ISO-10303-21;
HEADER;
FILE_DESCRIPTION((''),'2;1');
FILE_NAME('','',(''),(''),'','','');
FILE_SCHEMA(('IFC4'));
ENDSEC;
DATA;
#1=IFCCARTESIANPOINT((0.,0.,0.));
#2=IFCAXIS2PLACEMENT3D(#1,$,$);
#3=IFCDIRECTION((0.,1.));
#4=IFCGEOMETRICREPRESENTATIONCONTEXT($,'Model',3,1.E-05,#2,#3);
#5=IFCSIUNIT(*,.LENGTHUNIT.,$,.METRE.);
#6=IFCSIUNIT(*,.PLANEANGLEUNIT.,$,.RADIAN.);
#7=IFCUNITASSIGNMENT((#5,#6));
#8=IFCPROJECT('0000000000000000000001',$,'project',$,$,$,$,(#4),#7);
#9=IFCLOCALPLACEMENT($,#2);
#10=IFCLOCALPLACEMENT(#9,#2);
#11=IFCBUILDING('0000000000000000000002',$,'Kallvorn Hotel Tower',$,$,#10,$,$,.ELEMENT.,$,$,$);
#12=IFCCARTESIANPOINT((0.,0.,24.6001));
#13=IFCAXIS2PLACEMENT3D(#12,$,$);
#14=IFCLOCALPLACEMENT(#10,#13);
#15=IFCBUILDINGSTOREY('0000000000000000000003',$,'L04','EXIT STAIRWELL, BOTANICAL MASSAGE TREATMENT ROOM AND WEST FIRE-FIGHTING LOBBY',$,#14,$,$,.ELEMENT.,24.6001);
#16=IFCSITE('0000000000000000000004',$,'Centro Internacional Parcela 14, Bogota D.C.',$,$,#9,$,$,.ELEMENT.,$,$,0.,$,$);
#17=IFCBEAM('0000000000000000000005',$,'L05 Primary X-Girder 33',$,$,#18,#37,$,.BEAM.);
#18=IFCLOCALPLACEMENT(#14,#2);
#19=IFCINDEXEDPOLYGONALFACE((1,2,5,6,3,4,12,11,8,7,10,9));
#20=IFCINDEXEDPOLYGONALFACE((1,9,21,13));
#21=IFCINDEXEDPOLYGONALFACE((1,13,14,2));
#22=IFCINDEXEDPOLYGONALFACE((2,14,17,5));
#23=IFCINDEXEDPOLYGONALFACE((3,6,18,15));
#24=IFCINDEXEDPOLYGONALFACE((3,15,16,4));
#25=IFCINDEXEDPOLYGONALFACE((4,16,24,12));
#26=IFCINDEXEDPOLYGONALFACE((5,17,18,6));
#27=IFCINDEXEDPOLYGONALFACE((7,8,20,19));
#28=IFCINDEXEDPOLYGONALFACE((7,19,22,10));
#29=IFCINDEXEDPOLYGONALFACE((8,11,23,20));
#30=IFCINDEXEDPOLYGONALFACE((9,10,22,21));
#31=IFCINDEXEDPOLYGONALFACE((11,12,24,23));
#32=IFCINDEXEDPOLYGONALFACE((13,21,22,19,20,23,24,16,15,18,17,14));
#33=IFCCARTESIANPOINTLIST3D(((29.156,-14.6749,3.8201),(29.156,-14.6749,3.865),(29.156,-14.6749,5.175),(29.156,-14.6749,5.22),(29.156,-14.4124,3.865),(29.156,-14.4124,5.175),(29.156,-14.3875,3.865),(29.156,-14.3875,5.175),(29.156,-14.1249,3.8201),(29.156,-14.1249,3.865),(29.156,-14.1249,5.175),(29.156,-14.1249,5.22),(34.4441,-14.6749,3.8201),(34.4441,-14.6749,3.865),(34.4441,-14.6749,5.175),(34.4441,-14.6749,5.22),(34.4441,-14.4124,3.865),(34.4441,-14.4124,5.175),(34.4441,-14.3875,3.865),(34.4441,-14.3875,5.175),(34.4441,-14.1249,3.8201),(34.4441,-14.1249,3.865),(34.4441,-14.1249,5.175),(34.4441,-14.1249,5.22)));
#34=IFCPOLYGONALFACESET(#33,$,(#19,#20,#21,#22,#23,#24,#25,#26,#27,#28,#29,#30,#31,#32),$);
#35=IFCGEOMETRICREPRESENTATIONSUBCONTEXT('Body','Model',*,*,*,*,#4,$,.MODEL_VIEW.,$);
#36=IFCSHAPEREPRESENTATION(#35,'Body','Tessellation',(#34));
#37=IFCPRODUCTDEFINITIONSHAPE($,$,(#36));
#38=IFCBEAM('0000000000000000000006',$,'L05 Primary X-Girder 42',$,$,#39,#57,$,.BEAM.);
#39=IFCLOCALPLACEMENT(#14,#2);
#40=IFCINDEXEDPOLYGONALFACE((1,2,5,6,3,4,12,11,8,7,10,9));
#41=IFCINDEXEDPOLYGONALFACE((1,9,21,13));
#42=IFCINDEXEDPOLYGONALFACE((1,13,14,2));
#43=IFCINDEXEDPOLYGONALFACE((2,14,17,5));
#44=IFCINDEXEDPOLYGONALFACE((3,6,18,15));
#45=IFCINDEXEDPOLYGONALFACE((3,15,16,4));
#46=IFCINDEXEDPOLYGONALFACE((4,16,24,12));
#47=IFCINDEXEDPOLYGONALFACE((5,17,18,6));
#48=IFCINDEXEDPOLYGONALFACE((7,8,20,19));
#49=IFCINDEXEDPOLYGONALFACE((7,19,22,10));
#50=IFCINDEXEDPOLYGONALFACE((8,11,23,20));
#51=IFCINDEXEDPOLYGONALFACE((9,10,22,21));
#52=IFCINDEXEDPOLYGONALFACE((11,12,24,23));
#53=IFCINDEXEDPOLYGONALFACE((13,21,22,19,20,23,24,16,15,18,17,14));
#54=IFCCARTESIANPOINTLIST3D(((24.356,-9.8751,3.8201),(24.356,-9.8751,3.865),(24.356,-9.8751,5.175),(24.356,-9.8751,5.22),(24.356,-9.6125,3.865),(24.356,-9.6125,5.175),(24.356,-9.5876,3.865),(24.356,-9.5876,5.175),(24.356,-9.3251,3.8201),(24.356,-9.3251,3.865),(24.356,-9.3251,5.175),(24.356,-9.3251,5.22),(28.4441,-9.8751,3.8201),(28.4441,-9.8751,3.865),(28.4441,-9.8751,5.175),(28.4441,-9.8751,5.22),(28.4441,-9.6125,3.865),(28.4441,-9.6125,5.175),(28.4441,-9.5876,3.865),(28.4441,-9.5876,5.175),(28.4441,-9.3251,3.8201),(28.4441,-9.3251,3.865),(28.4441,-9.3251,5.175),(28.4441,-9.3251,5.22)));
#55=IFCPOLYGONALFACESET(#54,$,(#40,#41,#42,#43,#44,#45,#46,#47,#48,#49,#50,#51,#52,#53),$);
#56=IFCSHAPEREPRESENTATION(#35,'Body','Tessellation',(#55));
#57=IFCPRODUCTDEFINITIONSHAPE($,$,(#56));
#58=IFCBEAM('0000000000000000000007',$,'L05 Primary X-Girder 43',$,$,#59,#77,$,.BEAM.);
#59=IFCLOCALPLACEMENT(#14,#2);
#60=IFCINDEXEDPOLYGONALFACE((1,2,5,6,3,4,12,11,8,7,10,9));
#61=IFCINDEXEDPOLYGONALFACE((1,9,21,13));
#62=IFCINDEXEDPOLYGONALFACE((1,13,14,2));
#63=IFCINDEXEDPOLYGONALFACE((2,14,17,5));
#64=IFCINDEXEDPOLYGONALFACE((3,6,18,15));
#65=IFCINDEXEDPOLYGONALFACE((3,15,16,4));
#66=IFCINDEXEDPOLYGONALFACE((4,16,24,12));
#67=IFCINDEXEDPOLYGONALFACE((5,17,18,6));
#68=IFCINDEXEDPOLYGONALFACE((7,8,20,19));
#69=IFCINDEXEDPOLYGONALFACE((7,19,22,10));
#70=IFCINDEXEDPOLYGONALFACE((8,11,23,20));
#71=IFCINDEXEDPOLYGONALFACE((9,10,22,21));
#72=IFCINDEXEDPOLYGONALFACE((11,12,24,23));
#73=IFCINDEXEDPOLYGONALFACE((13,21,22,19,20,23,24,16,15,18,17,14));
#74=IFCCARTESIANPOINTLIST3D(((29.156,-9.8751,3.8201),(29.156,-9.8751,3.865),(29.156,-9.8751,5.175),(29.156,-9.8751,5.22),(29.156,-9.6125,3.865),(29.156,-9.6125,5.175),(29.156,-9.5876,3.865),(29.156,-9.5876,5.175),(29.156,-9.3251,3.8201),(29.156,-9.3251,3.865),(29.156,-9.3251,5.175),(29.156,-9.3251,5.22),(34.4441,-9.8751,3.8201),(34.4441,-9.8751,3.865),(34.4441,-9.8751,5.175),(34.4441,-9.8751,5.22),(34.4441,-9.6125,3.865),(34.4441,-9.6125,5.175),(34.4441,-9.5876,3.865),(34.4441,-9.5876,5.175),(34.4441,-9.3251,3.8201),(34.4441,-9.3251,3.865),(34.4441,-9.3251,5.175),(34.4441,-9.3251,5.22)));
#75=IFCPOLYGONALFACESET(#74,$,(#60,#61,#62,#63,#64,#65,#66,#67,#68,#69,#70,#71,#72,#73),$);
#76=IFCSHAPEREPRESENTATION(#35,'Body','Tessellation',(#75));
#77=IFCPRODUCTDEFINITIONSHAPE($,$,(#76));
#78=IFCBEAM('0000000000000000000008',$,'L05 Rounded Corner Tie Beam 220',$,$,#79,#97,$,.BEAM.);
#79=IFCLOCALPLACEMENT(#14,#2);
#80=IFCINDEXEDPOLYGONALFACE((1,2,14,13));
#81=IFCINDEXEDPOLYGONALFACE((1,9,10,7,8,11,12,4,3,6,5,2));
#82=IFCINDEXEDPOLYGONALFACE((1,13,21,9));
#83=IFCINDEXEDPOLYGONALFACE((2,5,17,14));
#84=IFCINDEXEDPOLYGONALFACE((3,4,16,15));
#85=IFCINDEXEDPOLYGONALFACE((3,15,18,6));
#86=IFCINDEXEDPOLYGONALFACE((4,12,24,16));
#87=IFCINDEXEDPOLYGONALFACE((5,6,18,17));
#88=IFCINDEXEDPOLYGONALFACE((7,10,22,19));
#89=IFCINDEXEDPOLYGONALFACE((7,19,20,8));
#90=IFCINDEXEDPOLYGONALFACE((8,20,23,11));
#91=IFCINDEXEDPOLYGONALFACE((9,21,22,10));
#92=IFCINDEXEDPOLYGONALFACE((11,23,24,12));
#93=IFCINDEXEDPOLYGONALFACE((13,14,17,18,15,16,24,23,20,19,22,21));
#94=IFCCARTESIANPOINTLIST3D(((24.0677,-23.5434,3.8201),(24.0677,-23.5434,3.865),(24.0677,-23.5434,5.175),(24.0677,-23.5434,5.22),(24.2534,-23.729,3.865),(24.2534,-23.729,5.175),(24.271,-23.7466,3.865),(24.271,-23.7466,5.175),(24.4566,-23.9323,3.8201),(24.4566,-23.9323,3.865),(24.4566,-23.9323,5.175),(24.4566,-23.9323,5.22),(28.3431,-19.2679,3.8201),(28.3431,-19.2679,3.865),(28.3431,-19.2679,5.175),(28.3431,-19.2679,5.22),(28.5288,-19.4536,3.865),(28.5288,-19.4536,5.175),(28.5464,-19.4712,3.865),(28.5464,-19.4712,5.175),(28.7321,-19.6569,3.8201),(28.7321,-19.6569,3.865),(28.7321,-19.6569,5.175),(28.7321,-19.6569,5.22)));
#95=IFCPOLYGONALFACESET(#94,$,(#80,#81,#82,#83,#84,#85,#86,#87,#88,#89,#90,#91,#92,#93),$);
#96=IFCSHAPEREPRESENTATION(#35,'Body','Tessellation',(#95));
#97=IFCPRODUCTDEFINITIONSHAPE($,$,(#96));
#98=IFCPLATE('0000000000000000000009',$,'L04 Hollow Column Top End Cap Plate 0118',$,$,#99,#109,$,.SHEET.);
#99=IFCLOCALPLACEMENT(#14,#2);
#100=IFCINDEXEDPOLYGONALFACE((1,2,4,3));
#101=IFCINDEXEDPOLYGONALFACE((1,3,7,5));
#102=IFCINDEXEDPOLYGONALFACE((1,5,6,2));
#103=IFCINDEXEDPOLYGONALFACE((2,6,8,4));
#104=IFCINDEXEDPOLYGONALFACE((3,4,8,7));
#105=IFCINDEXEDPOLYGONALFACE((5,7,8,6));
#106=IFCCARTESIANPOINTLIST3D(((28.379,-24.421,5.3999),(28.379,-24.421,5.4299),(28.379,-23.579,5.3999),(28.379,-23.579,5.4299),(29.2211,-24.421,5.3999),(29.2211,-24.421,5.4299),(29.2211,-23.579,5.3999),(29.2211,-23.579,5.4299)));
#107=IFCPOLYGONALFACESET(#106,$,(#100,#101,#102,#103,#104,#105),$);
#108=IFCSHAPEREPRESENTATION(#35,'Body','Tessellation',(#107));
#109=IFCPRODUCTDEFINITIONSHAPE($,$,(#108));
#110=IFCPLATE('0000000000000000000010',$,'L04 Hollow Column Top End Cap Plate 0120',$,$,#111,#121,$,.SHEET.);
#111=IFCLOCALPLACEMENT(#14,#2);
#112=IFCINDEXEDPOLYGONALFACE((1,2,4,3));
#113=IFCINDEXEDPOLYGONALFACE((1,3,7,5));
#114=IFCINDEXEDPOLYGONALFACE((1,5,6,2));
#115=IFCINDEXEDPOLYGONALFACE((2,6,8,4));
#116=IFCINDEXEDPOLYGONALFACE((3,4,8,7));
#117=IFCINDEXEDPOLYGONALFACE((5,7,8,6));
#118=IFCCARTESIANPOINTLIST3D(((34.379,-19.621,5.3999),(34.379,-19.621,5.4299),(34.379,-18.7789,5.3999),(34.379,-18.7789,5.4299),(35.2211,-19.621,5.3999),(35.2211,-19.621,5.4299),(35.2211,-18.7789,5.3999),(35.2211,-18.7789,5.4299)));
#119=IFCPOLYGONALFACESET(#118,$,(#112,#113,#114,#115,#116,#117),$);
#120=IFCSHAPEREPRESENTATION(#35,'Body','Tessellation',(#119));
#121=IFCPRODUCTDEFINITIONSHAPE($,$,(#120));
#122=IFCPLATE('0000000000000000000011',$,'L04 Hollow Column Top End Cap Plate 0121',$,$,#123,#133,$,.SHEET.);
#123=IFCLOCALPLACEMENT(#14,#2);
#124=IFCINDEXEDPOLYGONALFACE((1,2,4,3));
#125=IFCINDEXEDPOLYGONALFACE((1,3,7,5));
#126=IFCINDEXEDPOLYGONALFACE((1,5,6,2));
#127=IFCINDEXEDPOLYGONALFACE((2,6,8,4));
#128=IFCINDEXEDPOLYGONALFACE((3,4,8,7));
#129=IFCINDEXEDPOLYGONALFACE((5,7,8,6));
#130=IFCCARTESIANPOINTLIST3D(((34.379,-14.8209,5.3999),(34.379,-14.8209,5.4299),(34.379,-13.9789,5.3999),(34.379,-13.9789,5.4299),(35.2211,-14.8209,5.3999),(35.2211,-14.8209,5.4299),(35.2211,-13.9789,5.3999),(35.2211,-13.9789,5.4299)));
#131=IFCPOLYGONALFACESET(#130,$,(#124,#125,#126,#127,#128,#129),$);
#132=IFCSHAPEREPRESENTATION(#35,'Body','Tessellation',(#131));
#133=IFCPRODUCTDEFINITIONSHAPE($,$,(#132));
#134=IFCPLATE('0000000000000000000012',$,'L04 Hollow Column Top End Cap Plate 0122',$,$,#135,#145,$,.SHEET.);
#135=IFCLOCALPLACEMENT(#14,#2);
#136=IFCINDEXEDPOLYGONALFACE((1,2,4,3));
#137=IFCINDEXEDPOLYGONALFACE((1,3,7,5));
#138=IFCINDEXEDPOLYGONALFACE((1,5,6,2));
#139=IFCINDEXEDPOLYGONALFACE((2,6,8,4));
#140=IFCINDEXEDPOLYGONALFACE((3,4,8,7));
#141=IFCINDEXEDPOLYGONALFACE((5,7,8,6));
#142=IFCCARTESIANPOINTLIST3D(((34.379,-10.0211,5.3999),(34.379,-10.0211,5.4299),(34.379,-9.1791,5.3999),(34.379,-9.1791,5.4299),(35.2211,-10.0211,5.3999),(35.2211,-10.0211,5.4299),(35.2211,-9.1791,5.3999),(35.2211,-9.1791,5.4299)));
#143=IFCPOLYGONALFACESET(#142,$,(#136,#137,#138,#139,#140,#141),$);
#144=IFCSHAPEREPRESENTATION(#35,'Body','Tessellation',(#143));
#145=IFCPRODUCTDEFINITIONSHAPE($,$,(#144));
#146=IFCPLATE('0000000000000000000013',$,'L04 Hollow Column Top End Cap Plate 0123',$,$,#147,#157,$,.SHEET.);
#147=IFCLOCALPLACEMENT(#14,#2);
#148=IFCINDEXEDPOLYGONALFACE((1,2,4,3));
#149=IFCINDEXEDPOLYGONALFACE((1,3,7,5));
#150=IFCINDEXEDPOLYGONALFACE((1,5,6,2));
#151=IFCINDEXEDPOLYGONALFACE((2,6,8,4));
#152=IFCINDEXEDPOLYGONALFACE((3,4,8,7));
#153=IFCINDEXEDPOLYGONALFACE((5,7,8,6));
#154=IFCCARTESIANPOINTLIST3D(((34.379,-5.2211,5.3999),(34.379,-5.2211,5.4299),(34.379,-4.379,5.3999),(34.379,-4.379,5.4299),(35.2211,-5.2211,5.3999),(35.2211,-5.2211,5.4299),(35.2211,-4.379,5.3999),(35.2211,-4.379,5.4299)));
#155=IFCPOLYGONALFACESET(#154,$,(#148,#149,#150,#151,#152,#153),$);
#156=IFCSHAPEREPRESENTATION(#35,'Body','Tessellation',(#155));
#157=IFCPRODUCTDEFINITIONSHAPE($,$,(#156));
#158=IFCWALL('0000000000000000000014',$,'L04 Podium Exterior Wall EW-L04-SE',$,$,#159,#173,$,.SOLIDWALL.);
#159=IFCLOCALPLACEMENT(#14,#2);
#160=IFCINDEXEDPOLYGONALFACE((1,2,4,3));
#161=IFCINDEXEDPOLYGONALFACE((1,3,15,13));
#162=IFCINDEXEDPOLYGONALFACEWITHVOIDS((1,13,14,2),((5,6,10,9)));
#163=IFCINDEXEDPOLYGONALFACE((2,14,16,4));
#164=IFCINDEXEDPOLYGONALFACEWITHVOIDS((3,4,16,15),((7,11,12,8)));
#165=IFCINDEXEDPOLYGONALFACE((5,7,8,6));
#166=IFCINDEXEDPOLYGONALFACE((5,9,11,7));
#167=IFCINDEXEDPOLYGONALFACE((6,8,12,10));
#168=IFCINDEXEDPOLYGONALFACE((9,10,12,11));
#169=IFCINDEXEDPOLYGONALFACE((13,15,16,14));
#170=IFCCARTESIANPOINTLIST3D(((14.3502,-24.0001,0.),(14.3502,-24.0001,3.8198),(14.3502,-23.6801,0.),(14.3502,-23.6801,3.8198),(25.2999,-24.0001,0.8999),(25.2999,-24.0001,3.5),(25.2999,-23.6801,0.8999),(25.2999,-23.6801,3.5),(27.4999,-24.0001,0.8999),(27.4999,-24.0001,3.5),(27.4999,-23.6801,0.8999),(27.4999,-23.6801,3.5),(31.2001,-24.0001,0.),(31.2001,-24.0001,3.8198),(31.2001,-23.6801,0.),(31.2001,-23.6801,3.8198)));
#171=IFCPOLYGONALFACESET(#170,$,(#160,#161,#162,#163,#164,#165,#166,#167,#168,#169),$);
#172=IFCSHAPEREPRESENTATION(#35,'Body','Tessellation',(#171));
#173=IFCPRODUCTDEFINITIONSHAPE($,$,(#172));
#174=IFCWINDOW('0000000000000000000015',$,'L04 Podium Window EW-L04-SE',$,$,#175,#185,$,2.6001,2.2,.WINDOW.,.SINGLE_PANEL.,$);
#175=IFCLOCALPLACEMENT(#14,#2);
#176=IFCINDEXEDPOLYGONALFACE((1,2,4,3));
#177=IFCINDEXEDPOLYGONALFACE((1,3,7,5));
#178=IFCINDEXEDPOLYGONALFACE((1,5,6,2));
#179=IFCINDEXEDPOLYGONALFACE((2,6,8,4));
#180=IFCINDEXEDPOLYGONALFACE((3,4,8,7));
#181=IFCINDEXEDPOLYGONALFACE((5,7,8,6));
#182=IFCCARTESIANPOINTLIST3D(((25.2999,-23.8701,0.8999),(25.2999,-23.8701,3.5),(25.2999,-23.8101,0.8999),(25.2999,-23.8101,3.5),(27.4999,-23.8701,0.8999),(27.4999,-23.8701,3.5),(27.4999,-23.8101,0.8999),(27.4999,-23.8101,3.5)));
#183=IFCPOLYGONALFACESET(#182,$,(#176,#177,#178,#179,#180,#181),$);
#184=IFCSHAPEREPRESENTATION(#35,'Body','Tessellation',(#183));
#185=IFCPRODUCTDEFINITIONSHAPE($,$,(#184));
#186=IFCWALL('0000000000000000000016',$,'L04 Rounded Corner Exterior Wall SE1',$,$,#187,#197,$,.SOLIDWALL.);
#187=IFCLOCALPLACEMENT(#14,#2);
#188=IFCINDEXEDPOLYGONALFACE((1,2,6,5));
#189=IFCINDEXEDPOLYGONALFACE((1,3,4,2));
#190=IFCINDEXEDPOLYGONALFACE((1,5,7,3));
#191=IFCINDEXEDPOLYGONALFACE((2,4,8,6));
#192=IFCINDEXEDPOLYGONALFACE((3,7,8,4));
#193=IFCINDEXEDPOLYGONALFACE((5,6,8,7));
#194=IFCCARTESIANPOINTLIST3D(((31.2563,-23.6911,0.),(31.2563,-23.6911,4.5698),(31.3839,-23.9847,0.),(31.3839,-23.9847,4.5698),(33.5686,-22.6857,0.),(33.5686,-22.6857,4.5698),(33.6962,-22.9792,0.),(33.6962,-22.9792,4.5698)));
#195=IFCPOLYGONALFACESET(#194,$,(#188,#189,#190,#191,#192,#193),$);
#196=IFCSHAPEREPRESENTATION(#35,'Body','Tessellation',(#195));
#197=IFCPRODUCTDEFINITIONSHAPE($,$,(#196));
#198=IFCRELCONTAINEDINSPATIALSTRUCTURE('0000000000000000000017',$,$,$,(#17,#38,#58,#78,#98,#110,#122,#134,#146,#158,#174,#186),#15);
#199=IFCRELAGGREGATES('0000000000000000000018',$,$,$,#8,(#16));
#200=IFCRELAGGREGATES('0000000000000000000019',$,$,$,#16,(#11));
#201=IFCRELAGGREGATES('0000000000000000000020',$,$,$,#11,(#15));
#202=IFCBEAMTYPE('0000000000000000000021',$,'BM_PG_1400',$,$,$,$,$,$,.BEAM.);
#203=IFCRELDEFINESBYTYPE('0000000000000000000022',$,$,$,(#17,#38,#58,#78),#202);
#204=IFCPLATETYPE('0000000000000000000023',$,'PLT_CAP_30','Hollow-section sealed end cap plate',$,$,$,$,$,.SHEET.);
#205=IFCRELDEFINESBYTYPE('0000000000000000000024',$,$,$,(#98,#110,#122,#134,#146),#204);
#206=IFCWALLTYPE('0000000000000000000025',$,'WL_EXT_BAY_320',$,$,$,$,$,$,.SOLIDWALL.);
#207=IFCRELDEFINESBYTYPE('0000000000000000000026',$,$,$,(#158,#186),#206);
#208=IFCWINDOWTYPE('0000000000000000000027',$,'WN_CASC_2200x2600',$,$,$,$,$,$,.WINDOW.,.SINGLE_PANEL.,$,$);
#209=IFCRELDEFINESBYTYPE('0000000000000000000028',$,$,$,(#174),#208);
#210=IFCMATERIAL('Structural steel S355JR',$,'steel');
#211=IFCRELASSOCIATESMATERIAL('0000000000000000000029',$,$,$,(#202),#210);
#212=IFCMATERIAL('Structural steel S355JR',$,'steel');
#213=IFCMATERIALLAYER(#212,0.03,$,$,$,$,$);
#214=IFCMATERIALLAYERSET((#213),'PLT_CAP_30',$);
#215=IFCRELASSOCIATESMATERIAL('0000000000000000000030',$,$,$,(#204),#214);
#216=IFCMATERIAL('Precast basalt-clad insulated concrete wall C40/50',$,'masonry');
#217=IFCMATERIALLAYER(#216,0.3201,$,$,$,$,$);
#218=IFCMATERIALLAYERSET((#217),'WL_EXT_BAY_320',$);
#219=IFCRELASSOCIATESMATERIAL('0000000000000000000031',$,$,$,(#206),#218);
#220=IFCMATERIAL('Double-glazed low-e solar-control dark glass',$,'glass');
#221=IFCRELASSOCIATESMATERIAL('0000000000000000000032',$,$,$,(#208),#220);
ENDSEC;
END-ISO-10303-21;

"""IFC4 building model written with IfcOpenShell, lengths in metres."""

from ifc_helpers import new_model, si_unit, direction, frame, frame_2d, origin, origin_2d, place, context, subcontext, project, spatial, rectangle, i_section, extrude, material, layer, layer_set, material_profile, profile_set, type_object, element, fill, save


model = new_model("IFC4")

# Units and contexts
model_context = context("Model", 3, precision=1e-05, world=origin(), true_north=direction((0.0, 1.0)))
body_context = subcontext(model_context, "Body", "Model", "MODEL_VIEW")
ifc_project = project(units=[si_unit("LENGTHUNIT", "METRE"), si_unit("PLANEANGLEUNIT", "RADIAN")], contexts=[model_context])

# Site, building, storey
site_placement = place(None, origin())
site = spatial("IfcSite", under=ifc_project, at=site_placement, Name="Centro Internacional Parcela 14, Bogota D.C.", CompositionType="ELEMENT", RefElevation=0.0)
building_placement = place(site_placement, origin())
building = spatial("IfcBuilding", under=site, at=building_placement, Name="Kallvorn Hotel Tower", CompositionType="ELEMENT")
storey_placement = place(building_placement, frame((0.0, 0.0, 24.6001)))
storey = spatial("IfcBuildingStorey", under=building, at=storey_placement, Name="L04", Description="EXIT STAIRWELL, BOTANICAL MASSAGE TREATMENT ROOM AND WEST FIRE-FIGHTING LOBBY", CompositionType="ELEMENT", Elevation=24.6001)

# Beams
ifc_material_1 = material(Name="Structural steel S355JR", Category="steel")
ifc_material_profile_1 = material_profile(ifc_material_1, i_section(OverallWidth=0.55, OverallDepth=1.3999, WebThickness=0.0249, FlangeThickness=0.0449, at=origin_2d()), Name="PG 1400x550x25x45")
ifc_profile_set_1 = profile_set([ifc_material_profile_1], Name="Structural steel S355JR")
beam_type_1 = type_object("IfcBeamType", Name="BM_PG_1400", PredefinedType="BEAM", material=ifc_profile_set_1)
beam_1_placement = place(storey_placement, frame((29.156, -14.3999, 4.52), z_axis=(1.0, 0.0, 0.0), x_axis=(0.0, 1.0, 0.0)))
element("IfcBeam", 1, at=beam_1_placement, inside=storey, type_object=beam_type_1, Name="L05 Primary X-Girder 33", PredefinedType="BEAM", context=body_context, shape_type="SweptSolid", body=[
    extrude(i_section(OverallWidth=0.55, OverallDepth=1.3999, WebThickness=0.0249, FlangeThickness=0.0449, at=origin_2d()), origin(), (0.0, 0.0, 1.0), 5.2881),
])
beam_2_placement = place(storey_placement, frame((24.356, -9.6001, 4.52), z_axis=(1.0, 0.0, 0.0), x_axis=(0.0, 1.0, 0.0)))
element("IfcBeam", 2, at=beam_2_placement, inside=storey, type_object=beam_type_1, Name="L05 Primary X-Girder 42", PredefinedType="BEAM", context=body_context, shape_type="SweptSolid", body=[
    extrude(i_section(OverallWidth=0.55, OverallDepth=1.3999, WebThickness=0.0249, FlangeThickness=0.0449, at=origin_2d()), origin(), (0.0, 0.0, 1.0), 4.0881),
])
beam_3_placement = place(storey_placement, frame((29.156, -9.6001, 4.52), z_axis=(1.0, 0.0, 0.0), x_axis=(0.0, 1.0, 0.0)))
element("IfcBeam", 3, at=beam_3_placement, inside=storey, type_object=beam_type_1, Name="L05 Primary X-Girder 43", PredefinedType="BEAM", context=body_context, shape_type="SweptSolid", body=[
    extrude(i_section(OverallWidth=0.55, OverallDepth=1.3999, WebThickness=0.0249, FlangeThickness=0.0449, at=origin_2d()), origin(), (0.0, 0.0, 1.0), 5.2881),
])
beam_4_placement = place(storey_placement, frame((28.5376, -19.4624, 4.52), z_axis=(-0.707107, -0.707107, 0.0), x_axis=(0.707107, -0.707107, 0.0)))
element("IfcBeam", 4, at=beam_4_placement, inside=storey, type_object=beam_type_1, Name="L05 Rounded Corner Tie Beam 220", PredefinedType="BEAM", context=body_context, shape_type="SweptSolid", body=[
    extrude(i_section(OverallWidth=0.55, OverallDepth=1.3999, WebThickness=0.0249, FlangeThickness=0.0449, at=origin_2d()), origin(), (0.0, 0.0, 1.0), 6.0464),
])

# Plates
ifc_material_2 = material(Name="Structural steel S355JR", Category="steel")
ifc_layer_1 = layer(ifc_material_2, 0.03)
ifc_layer_set_1 = layer_set([ifc_layer_1], Name="PLT_CAP_30")
plate_type = type_object("IfcPlateType", Name="PLT_CAP_30", Description="Hollow-section sealed end cap plate", PredefinedType="SHEET", material=ifc_layer_set_1)
for number, where, z_axis, x_axis, name in (
    (5, (28.8, -24.0, 5.3999), (0.0, 0.0, 1.0), (1.0, 0.0, 0.0), "L04 Hollow Column Top End Cap Plate 0118"),
    (6, (34.8, -19.2, 5.3999), (0.0, 0.0, 1.0), (1.0, 0.0, 0.0), "L04 Hollow Column Top End Cap Plate 0120"),
    (7, (34.8, -14.3999, 5.3999), (0.0, 0.0, 1.0), (1.0, 0.0, 0.0), "L04 Hollow Column Top End Cap Plate 0121"),
    (8, (34.8, -9.6001, 5.3999), (0.0, 0.0, 1.0), (1.0, 0.0, 0.0), "L04 Hollow Column Top End Cap Plate 0122"),
    (9, (34.8, -4.8, 5.3999), (0.0, 0.0, 1.0), (1.0, 0.0, 0.0), "L04 Hollow Column Top End Cap Plate 0123"),
):
    element("IfcPlate", number, at=place(storey_placement, frame(where, z_axis=z_axis, x_axis=x_axis)), inside=storey, type_object=plate_type, Name=name, PredefinedType="SHEET", context=body_context, shape_type="SweptSolid", body=[
        extrude(rectangle(XDim=0.842, YDim=0.842, at=origin_2d()), origin(), (0.0, 0.0, 1.0), 0.03),
    ])

# Wall, opening, window
ifc_material_3 = material(Name="Precast basalt-clad insulated concrete wall C40/50", Category="masonry")
ifc_layer_2 = layer(ifc_material_3, 0.3201)
ifc_layer_set_2 = layer_set([ifc_layer_2], Name="WL_EXT_BAY_320")
wall_type_1 = type_object("IfcWallType", Name="WL_EXT_BAY_320", PredefinedType="SOLIDWALL", material=ifc_layer_set_2)
wall_1_placement = place(storey_placement, frame((31.2, -23.8401, 0.0), z_axis=(0.0, 0.0, 1.0), x_axis=(-1.0, 0.0, 0.0)))
wall_1 = element("IfcWall", 10, at=wall_1_placement, inside=storey, type_object=wall_type_1, Name="L04 Podium Exterior Wall EW-L04-SE", PredefinedType="SOLIDWALL", context=body_context, shape_type="SweptSolid", body=[
    extrude(rectangle(XDim=16.8499, YDim=0.3201, at=frame_2d((8.4248, 0.0))), origin(), (0.0, 0.0, 1.0), 3.8198),
])
opening_placement = place(wall_1_placement, frame((3.7, 0.0, 0.8999)))
opening = element("IfcOpeningElement", 11, at=opening_placement, cuts=wall_1, PredefinedType="OPENING", context=body_context, shape_type="SweptSolid", body=[
    extrude(rectangle(XDim=2.2, YDim=2.6001, at=frame_2d((1.1001, 1.3))), frame((0.0, 0.175, 0.0), z_axis=(0.0, -1.0, 0.0), x_axis=(1.0, 0.0, 0.0)), (0.0, 0.0, 1.0), 0.3501),
])
ifc_material_4 = material(Name="Double-glazed low-e solar-control dark glass", Category="glass")
window_type = type_object("IfcWindowType", Name="WN_CASC_2200x2600", PartitioningType="SINGLE_PANEL", PredefinedType="WINDOW", material=ifc_material_4)
window_placement = place(opening_placement, origin())
window = element("IfcWindow", 12, at=window_placement, inside=storey, type_object=window_type, Name="L04 Podium Window EW-L04-SE", OverallHeight=2.6001, OverallWidth=2.2, PartitioningType="SINGLE_PANEL", PredefinedType="WINDOW", context=body_context, shape_type="SweptSolid", body=[
    extrude(rectangle(XDim=2.2, YDim=2.6001, at=frame_2d((1.1001, 1.3))), frame((0.0, 0.03, 0.0), z_axis=(0.0, -1.0, 0.0), x_axis=(1.0, 0.0, 0.0)), (0.0, 0.0, 1.0), 0.0601),
])
fill(opening, window)

# Wall
wall_2_placement = place(storey_placement, frame((31.3201, -23.8379, 0.0), z_axis=(0.0, 0.0, 1.0), x_axis=(0.917064, 0.39874, 0.0)))
element("IfcWall", 13, at=wall_2_placement, inside=storey, type_object=wall_type_1, Name="L04 Rounded Corner Exterior Wall SE1", PredefinedType="SOLIDWALL", context=body_context, shape_type="SweptSolid", body=[
    extrude(rectangle(XDim=2.5215, YDim=0.3201, at=frame_2d((1.2607, 0.0))), origin(), (0.0, 0.0, 1.0), 4.5698),
])

save(model, "model.ifc")
